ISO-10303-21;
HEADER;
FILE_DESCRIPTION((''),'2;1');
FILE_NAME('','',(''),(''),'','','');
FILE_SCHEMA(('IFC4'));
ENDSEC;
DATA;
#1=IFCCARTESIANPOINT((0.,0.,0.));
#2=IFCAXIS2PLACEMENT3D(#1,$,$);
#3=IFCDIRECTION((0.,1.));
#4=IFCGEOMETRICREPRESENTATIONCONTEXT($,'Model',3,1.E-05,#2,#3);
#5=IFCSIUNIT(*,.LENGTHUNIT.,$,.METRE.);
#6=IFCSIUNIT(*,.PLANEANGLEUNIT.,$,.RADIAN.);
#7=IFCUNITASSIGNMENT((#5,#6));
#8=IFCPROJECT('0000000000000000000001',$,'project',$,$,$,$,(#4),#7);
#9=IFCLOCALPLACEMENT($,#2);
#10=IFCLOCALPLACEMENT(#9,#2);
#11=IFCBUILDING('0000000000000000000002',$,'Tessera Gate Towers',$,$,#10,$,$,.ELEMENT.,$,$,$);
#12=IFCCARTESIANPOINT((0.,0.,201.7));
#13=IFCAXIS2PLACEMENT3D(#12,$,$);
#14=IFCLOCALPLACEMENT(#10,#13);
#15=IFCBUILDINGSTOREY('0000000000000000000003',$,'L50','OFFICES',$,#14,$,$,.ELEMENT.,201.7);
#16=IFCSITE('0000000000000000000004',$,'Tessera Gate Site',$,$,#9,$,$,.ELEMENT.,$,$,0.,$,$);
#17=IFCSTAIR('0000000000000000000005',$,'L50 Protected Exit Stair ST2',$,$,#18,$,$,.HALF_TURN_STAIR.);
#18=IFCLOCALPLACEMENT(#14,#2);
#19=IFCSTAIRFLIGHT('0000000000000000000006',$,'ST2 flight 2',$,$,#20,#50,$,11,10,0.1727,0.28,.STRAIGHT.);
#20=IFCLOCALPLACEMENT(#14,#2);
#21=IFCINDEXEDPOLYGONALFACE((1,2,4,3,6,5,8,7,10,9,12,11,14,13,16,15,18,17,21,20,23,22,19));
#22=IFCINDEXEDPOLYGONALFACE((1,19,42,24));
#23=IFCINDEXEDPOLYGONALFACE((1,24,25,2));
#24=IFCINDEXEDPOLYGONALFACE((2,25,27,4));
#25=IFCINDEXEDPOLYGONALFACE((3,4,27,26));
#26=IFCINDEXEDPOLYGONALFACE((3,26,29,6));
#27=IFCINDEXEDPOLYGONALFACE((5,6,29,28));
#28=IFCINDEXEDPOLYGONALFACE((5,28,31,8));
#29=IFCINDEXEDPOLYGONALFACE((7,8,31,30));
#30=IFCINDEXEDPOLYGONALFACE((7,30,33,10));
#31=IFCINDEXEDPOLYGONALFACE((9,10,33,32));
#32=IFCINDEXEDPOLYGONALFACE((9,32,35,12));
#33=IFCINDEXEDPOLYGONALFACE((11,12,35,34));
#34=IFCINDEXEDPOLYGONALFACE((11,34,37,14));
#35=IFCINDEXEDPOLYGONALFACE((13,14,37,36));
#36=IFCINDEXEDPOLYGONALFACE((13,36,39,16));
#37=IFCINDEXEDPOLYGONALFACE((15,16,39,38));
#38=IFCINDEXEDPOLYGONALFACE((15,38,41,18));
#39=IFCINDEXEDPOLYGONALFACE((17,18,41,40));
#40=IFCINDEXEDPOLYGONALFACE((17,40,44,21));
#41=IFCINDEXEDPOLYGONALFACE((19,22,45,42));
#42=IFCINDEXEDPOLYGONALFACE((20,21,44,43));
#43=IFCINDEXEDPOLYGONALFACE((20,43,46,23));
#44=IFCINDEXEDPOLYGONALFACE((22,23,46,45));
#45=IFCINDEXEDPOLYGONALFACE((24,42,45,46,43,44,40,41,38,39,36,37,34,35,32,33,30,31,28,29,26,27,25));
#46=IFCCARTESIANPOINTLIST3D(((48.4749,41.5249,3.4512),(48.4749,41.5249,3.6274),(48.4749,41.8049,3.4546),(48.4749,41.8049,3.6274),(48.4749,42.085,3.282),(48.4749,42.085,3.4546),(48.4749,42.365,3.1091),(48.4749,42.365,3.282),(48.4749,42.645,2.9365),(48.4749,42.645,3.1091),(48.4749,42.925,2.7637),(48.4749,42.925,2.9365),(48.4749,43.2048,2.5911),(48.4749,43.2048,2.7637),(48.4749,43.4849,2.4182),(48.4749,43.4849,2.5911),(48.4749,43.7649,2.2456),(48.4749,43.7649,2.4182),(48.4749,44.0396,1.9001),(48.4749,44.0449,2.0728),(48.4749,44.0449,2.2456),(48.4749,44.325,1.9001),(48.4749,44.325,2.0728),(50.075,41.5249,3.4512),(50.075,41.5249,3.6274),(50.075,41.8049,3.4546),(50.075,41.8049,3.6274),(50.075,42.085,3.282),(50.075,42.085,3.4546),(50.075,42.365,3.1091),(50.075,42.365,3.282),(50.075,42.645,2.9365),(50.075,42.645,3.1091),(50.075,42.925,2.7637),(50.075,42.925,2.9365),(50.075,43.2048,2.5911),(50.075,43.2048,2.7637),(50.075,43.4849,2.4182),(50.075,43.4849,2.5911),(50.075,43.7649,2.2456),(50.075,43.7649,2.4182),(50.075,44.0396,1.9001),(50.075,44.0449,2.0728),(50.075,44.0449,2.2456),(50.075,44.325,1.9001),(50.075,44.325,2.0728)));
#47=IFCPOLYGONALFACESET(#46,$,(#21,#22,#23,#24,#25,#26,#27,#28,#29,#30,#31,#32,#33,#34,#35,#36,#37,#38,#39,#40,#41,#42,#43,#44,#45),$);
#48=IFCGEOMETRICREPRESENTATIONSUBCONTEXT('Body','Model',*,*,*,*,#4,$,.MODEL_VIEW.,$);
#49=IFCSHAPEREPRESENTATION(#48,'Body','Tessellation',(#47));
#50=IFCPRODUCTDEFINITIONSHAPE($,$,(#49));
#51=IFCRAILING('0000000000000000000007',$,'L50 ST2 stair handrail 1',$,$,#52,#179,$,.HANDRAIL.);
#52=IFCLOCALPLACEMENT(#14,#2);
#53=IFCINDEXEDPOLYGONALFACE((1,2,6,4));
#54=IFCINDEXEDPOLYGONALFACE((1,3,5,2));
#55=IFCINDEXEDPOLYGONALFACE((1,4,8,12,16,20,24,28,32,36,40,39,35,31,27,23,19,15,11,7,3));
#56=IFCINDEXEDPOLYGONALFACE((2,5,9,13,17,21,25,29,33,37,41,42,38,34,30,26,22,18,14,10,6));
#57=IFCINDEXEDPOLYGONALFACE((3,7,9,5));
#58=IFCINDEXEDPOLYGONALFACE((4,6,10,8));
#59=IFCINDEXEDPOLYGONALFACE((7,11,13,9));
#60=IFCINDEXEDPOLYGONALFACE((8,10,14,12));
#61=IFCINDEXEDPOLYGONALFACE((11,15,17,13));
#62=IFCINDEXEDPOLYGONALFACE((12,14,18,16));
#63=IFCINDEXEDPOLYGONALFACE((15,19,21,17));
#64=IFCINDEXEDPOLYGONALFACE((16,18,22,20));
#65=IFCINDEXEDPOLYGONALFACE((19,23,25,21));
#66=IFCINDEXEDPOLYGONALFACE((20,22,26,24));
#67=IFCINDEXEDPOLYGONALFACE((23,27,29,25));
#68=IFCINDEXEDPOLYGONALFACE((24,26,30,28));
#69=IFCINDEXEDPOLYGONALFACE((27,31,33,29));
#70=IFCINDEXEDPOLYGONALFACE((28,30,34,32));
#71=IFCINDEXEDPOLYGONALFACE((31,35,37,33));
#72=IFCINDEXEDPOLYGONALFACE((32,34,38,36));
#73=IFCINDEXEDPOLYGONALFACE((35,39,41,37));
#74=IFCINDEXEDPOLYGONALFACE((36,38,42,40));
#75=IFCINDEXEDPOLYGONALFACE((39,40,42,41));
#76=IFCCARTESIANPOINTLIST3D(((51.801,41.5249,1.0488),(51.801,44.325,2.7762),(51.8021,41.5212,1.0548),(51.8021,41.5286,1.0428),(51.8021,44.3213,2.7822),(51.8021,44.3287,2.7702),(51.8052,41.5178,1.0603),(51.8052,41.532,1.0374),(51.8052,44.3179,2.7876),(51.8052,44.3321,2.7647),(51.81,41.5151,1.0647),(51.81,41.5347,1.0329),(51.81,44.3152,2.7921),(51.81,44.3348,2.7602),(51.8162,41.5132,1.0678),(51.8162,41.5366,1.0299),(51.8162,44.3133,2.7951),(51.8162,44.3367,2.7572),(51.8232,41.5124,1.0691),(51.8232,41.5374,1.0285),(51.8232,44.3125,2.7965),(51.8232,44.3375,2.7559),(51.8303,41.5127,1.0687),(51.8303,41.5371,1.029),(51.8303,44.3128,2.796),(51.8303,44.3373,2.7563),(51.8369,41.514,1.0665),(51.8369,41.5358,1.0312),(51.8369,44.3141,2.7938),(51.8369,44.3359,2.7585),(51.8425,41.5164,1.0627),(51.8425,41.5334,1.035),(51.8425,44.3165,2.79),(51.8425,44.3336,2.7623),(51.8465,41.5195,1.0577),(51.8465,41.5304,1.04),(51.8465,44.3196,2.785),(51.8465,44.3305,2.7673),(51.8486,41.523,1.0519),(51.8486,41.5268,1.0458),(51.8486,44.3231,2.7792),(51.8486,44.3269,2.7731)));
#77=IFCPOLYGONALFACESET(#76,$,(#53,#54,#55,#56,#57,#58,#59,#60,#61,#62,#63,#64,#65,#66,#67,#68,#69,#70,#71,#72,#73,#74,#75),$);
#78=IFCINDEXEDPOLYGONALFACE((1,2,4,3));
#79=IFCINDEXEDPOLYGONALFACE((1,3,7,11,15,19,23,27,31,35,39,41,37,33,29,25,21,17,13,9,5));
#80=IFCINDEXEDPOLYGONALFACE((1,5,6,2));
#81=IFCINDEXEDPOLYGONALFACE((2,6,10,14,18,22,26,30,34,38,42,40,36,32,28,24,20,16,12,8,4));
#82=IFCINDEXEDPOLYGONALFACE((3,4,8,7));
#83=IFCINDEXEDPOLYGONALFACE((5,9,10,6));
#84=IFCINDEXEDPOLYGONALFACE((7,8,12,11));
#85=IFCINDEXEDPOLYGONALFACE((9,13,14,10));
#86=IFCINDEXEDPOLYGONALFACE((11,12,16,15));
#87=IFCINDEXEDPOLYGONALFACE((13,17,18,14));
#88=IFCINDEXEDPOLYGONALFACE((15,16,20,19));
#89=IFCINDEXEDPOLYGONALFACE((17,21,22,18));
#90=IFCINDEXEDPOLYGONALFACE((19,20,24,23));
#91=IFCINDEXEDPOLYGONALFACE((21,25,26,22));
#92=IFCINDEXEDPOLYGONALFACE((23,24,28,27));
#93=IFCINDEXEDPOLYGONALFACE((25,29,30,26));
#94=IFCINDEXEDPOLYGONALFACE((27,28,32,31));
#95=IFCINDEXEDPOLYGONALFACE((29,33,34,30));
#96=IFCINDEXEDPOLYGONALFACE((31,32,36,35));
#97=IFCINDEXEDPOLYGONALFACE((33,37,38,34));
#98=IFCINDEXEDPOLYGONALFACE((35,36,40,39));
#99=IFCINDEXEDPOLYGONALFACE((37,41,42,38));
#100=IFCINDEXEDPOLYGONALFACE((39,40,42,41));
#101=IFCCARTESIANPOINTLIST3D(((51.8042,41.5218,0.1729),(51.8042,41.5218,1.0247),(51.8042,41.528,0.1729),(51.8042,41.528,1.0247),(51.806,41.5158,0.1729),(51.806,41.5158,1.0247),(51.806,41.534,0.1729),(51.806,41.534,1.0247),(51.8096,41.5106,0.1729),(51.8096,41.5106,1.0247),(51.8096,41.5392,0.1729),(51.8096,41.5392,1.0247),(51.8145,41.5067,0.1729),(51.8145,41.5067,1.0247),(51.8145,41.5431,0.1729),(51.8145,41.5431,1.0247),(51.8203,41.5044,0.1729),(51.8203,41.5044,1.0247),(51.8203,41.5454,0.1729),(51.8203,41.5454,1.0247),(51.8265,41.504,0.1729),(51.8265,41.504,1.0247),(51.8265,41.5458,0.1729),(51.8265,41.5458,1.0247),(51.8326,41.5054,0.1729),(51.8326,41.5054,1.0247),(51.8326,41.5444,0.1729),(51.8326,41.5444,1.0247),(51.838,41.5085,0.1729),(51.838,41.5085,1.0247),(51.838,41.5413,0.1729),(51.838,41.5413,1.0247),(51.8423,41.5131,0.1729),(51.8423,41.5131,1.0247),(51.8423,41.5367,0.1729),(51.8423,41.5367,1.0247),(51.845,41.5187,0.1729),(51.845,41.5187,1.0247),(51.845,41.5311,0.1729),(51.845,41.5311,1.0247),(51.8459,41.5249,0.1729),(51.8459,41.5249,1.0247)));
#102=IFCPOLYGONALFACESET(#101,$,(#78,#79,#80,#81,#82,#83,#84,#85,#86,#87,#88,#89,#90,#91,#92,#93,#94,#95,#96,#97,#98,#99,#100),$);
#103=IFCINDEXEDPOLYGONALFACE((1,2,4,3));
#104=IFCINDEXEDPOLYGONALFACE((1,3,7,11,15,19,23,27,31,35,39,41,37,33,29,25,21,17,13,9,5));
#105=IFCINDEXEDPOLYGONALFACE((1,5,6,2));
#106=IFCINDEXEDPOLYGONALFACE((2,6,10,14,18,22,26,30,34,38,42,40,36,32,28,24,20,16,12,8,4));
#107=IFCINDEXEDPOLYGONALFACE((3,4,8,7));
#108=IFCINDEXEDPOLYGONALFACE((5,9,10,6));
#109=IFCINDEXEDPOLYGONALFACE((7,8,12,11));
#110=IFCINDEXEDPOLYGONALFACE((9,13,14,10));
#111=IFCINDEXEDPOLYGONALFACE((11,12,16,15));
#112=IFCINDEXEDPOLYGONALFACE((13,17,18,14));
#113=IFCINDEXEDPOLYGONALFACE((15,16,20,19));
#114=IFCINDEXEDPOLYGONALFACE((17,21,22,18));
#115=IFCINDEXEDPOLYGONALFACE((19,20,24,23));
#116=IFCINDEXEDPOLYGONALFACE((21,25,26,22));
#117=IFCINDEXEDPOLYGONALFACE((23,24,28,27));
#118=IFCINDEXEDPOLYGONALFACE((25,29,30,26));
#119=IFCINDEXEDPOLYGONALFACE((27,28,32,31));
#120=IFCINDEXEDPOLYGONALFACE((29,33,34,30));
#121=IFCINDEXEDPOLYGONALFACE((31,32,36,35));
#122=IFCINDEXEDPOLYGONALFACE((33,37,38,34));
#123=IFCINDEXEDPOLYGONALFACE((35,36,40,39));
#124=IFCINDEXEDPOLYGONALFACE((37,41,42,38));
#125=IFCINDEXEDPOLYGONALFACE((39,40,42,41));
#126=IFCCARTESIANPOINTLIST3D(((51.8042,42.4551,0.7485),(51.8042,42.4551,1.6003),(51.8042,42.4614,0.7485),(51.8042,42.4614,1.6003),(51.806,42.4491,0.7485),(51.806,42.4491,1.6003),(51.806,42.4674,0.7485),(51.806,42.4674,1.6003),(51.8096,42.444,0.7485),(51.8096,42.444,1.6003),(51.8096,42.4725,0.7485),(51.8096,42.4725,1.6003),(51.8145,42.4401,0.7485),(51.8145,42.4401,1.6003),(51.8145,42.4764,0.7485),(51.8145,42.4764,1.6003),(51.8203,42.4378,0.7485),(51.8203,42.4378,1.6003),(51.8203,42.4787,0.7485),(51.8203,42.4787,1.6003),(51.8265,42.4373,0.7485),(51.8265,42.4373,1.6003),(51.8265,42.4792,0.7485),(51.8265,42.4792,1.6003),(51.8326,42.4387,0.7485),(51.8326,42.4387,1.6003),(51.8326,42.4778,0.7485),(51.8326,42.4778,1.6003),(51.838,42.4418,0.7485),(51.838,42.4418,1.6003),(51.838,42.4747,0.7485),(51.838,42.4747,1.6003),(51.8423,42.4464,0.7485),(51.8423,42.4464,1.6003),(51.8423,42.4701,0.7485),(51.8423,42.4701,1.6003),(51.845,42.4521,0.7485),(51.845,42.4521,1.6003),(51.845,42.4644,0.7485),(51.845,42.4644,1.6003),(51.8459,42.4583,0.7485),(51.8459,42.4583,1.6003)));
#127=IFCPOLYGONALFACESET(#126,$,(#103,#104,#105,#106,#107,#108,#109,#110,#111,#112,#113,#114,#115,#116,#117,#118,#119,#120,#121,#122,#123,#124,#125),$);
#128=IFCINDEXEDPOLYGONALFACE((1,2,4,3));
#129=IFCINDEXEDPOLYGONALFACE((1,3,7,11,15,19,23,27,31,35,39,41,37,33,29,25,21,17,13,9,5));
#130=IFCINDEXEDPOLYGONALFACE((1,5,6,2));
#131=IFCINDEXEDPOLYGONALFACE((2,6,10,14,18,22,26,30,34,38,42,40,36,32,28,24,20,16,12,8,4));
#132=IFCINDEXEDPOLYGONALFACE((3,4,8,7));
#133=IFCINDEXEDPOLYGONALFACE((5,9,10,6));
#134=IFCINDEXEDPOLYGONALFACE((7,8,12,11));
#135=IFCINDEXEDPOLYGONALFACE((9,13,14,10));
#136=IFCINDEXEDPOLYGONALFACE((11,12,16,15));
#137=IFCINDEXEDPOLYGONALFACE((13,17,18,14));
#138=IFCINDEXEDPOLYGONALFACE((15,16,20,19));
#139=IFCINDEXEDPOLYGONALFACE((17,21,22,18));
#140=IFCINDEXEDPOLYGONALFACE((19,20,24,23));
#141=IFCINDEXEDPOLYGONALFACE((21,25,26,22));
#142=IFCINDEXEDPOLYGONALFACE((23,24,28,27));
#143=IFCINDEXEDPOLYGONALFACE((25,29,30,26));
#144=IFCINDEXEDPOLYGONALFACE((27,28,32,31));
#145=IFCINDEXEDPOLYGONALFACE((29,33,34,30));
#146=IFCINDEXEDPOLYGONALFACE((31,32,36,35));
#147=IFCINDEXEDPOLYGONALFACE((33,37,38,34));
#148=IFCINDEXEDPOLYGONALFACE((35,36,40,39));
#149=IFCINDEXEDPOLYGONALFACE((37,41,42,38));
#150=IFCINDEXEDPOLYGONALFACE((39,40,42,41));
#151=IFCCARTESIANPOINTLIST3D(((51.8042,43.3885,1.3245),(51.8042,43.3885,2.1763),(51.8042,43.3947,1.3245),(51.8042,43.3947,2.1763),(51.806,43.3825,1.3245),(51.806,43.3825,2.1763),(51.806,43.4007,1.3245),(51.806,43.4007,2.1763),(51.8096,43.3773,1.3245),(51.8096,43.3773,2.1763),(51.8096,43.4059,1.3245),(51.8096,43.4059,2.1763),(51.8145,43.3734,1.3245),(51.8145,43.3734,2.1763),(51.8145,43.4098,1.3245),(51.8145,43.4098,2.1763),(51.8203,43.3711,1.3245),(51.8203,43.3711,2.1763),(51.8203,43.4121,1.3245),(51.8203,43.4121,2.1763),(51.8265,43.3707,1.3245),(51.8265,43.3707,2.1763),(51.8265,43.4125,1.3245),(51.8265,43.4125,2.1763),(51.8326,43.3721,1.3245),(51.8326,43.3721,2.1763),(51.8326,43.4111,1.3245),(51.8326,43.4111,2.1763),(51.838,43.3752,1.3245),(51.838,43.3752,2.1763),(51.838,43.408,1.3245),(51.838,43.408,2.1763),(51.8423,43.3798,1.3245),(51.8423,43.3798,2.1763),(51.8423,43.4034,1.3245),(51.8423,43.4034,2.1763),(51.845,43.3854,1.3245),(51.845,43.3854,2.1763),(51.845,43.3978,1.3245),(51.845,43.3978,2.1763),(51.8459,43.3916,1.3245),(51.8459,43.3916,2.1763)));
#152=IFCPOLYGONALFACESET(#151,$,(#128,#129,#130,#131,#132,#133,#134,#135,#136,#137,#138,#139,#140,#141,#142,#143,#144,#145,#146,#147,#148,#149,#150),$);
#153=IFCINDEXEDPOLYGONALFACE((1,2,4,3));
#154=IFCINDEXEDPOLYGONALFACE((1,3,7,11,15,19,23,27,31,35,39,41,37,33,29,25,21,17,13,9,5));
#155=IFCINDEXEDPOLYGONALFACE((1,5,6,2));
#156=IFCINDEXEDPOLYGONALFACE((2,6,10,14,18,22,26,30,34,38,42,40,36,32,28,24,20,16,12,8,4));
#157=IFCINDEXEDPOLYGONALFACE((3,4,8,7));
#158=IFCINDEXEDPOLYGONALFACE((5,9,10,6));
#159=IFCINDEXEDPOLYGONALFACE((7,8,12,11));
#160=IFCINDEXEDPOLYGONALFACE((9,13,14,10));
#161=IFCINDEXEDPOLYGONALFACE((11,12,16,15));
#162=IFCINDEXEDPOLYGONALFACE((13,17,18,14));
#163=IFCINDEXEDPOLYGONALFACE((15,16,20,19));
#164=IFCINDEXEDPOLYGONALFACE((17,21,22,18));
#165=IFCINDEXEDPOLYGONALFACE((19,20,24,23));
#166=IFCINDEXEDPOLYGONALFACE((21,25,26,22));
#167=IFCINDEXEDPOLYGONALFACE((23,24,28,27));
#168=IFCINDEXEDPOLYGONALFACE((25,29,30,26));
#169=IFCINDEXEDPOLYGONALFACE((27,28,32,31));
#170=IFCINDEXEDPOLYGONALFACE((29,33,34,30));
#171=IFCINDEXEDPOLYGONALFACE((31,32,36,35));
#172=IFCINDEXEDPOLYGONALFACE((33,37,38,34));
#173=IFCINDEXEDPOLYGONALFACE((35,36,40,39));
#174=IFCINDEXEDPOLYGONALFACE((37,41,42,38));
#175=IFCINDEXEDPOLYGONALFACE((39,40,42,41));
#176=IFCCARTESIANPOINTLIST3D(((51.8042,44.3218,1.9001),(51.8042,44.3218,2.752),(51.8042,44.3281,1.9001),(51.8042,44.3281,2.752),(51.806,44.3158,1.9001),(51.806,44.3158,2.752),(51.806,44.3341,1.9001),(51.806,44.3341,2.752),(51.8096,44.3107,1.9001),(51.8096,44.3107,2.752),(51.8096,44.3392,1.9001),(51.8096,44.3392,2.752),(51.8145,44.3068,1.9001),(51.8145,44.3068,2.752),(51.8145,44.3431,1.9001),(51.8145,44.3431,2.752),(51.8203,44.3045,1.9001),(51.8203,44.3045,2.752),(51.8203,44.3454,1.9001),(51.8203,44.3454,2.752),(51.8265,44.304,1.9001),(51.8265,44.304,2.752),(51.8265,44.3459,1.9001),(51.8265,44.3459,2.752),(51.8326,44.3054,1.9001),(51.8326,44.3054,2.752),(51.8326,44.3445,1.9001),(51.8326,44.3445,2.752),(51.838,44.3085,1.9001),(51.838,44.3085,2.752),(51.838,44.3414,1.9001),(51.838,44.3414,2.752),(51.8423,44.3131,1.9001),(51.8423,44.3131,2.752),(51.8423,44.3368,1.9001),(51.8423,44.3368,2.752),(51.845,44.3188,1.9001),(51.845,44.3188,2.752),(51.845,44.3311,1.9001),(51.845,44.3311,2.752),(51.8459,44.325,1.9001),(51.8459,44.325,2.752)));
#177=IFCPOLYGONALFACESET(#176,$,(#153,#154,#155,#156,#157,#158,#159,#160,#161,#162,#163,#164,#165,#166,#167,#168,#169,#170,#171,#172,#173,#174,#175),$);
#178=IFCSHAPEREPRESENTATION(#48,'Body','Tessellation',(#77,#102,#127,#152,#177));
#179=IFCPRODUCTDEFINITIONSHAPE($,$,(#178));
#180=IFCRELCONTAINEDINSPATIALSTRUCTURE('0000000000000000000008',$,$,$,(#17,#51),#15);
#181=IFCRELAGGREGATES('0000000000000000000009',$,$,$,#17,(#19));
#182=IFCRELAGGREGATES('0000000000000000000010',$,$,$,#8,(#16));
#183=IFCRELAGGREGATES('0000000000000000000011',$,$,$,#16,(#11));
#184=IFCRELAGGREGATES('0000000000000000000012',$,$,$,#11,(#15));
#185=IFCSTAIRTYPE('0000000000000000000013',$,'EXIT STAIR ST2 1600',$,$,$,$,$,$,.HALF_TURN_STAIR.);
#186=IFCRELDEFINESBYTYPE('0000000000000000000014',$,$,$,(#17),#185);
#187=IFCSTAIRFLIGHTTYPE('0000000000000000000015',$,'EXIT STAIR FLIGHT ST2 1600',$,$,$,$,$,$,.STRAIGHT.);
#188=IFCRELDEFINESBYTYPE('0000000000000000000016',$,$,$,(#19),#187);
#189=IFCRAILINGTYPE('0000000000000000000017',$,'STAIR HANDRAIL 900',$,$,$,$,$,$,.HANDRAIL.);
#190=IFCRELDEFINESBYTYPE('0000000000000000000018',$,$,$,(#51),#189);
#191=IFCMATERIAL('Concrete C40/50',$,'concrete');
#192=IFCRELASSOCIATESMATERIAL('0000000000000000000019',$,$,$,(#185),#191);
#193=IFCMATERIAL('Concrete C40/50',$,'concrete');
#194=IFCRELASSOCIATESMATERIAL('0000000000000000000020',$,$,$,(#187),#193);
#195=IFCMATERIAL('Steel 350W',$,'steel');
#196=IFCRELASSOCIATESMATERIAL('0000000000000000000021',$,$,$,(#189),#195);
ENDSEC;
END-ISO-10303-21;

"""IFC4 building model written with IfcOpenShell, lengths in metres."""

from ifc_helpers import new_model, si_unit, direction, frame, origin, origin_2d, place, context, subcontext, project, spatial, polyline, circle, outline, extrude, material, type_object, element, aggregate, save


model = new_model("IFC4")

# Units and contexts
model_context = context("Model", 3, precision=1e-05, world=origin(), true_north=direction((0.0, 1.0)))
body_context = subcontext(model_context, "Body", "Model", "MODEL_VIEW")
ifc_project = project(units=[si_unit("LENGTHUNIT", "METRE"), si_unit("PLANEANGLEUNIT", "RADIAN")], contexts=[model_context])

# Site, building, storey
site_placement = place(None, origin())
site = spatial("IfcSite", under=ifc_project, at=site_placement, Name="Tessera Gate Site", CompositionType="ELEMENT", RefElevation=0.0)
building_placement = place(site_placement, origin())
building = spatial("IfcBuilding", under=site, at=building_placement, Name="Tessera Gate Towers", CompositionType="ELEMENT")
storey_placement = place(building_placement, frame((0.0, 0.0, 201.7)))
storey = spatial("IfcBuildingStorey", under=building, at=storey_placement, Name="L50", Description="OFFICES", CompositionType="ELEMENT", Elevation=201.7)

# Stair, stair flight
ifc_material_1 = material(Name="Concrete C40/50", Category="concrete")
stair_type = type_object("IfcStairType", Name="EXIT STAIR ST2 1600", PredefinedType="HALF_TURN_STAIR", material=ifc_material_1)
stair_placement = place(storey_placement, origin())
stair = element("IfcStair", 1, at=stair_placement, inside=storey, type_object=stair_type, Name="L50 Protected Exit Stair ST2", PredefinedType="HALF_TURN_STAIR")
ifc_material_2 = material(Name="Concrete C40/50", Category="concrete")
stair_flight_type = type_object("IfcStairFlightType", Name="EXIT STAIR FLIGHT ST2 1600", PredefinedType="STRAIGHT", material=ifc_material_2)
stair_flight_1_placement = place(storey_placement, frame((49.2749, 44.325, 1.9001), z_axis=(0.0, 0.0, 1.0), x_axis=(0.0, -1.0, 0.0)))
stair_flight_1 = element("IfcStairFlight", 2, at=stair_flight_1_placement, type_object=stair_flight_type, Name="ST2 flight 2", NumberOfRisers=11, NumberOfTreads=10, PredefinedType="STRAIGHT", RiserHeight=0.1727, TreadLength=0.28, context=body_context, shape_type="SweptSolid", body=[
    extrude(outline(polyline([(0.0, 0.0), (0.0, 0.1726), (0.28, 0.1726), (0.28, 0.3455), (0.5601, 0.3455), (0.5601, 0.5181), (0.8401, 0.5181), (0.8401, 0.6909), (1.1201, 0.6909), (1.1201, 0.8635), (1.3999, 0.8635), (1.3999, 1.0364), (1.6799, 1.0364), (1.6799, 1.209), (1.96, 1.209), (1.96, 1.3818), (2.24, 1.3818), (2.24, 1.5544), (2.52, 1.5544), (2.52, 1.7273), (2.8, 1.7273), (2.8, 1.8999), (2.8, 1.551), (0.2854, 0.0), (0.0, 0.0)])), frame((0.0, 0.8, 0.0), z_axis=(0.0, -1.0, 0.0), x_axis=(1.0, 0.0, 0.0)), (0.0, 0.0, 1.0), 1.6001),
])
aggregate(stair, [stair_flight_1])

# Railing
ifc_material_3 = material(Name="Steel 350W", Category="steel")
railing_type_1 = type_object("IfcRailingType", Name="STAIR HANDRAIL 900", PredefinedType="HANDRAIL", material=ifc_material_3)
railing_1_placement = place(storey_placement, frame((51.825, 41.5249, 0.1729)))
element("IfcRailing", 3, at=railing_1_placement, inside=storey, type_object=railing_type_1, Name="L50 ST2 stair handrail 1", PredefinedType="HANDRAIL", context=body_context, shape_type="SweptSolid", body=[
    extrude(circle(Radius=0.0239, at=origin_2d()), frame((0.0, 0.0, 0.876), z_axis=(0.0, 0.85109, 0.52502), x_axis=(-1.0, 0.0, 0.0)), (0.0, 0.0, 1.0), 3.29),
    extrude(circle(Radius=0.021, at=origin_2d()), origin(), (0.0, 0.0, 1.0), 0.8518),
    extrude(circle(Radius=0.021, at=origin_2d()), frame((0.0, 0.9333, 0.5757)), (0.0, 0.0, 1.0), 0.8518),
    extrude(circle(Radius=0.021, at=origin_2d()), frame((0.0, 1.8667, 1.1516)), (0.0, 0.0, 1.0), 0.8518),
    extrude(circle(Radius=0.021, at=origin_2d()), frame((0.0, 2.8, 1.7273)), (0.0, 0.0, 1.0), 0.8518),
])

save(model, "model.ifc")
